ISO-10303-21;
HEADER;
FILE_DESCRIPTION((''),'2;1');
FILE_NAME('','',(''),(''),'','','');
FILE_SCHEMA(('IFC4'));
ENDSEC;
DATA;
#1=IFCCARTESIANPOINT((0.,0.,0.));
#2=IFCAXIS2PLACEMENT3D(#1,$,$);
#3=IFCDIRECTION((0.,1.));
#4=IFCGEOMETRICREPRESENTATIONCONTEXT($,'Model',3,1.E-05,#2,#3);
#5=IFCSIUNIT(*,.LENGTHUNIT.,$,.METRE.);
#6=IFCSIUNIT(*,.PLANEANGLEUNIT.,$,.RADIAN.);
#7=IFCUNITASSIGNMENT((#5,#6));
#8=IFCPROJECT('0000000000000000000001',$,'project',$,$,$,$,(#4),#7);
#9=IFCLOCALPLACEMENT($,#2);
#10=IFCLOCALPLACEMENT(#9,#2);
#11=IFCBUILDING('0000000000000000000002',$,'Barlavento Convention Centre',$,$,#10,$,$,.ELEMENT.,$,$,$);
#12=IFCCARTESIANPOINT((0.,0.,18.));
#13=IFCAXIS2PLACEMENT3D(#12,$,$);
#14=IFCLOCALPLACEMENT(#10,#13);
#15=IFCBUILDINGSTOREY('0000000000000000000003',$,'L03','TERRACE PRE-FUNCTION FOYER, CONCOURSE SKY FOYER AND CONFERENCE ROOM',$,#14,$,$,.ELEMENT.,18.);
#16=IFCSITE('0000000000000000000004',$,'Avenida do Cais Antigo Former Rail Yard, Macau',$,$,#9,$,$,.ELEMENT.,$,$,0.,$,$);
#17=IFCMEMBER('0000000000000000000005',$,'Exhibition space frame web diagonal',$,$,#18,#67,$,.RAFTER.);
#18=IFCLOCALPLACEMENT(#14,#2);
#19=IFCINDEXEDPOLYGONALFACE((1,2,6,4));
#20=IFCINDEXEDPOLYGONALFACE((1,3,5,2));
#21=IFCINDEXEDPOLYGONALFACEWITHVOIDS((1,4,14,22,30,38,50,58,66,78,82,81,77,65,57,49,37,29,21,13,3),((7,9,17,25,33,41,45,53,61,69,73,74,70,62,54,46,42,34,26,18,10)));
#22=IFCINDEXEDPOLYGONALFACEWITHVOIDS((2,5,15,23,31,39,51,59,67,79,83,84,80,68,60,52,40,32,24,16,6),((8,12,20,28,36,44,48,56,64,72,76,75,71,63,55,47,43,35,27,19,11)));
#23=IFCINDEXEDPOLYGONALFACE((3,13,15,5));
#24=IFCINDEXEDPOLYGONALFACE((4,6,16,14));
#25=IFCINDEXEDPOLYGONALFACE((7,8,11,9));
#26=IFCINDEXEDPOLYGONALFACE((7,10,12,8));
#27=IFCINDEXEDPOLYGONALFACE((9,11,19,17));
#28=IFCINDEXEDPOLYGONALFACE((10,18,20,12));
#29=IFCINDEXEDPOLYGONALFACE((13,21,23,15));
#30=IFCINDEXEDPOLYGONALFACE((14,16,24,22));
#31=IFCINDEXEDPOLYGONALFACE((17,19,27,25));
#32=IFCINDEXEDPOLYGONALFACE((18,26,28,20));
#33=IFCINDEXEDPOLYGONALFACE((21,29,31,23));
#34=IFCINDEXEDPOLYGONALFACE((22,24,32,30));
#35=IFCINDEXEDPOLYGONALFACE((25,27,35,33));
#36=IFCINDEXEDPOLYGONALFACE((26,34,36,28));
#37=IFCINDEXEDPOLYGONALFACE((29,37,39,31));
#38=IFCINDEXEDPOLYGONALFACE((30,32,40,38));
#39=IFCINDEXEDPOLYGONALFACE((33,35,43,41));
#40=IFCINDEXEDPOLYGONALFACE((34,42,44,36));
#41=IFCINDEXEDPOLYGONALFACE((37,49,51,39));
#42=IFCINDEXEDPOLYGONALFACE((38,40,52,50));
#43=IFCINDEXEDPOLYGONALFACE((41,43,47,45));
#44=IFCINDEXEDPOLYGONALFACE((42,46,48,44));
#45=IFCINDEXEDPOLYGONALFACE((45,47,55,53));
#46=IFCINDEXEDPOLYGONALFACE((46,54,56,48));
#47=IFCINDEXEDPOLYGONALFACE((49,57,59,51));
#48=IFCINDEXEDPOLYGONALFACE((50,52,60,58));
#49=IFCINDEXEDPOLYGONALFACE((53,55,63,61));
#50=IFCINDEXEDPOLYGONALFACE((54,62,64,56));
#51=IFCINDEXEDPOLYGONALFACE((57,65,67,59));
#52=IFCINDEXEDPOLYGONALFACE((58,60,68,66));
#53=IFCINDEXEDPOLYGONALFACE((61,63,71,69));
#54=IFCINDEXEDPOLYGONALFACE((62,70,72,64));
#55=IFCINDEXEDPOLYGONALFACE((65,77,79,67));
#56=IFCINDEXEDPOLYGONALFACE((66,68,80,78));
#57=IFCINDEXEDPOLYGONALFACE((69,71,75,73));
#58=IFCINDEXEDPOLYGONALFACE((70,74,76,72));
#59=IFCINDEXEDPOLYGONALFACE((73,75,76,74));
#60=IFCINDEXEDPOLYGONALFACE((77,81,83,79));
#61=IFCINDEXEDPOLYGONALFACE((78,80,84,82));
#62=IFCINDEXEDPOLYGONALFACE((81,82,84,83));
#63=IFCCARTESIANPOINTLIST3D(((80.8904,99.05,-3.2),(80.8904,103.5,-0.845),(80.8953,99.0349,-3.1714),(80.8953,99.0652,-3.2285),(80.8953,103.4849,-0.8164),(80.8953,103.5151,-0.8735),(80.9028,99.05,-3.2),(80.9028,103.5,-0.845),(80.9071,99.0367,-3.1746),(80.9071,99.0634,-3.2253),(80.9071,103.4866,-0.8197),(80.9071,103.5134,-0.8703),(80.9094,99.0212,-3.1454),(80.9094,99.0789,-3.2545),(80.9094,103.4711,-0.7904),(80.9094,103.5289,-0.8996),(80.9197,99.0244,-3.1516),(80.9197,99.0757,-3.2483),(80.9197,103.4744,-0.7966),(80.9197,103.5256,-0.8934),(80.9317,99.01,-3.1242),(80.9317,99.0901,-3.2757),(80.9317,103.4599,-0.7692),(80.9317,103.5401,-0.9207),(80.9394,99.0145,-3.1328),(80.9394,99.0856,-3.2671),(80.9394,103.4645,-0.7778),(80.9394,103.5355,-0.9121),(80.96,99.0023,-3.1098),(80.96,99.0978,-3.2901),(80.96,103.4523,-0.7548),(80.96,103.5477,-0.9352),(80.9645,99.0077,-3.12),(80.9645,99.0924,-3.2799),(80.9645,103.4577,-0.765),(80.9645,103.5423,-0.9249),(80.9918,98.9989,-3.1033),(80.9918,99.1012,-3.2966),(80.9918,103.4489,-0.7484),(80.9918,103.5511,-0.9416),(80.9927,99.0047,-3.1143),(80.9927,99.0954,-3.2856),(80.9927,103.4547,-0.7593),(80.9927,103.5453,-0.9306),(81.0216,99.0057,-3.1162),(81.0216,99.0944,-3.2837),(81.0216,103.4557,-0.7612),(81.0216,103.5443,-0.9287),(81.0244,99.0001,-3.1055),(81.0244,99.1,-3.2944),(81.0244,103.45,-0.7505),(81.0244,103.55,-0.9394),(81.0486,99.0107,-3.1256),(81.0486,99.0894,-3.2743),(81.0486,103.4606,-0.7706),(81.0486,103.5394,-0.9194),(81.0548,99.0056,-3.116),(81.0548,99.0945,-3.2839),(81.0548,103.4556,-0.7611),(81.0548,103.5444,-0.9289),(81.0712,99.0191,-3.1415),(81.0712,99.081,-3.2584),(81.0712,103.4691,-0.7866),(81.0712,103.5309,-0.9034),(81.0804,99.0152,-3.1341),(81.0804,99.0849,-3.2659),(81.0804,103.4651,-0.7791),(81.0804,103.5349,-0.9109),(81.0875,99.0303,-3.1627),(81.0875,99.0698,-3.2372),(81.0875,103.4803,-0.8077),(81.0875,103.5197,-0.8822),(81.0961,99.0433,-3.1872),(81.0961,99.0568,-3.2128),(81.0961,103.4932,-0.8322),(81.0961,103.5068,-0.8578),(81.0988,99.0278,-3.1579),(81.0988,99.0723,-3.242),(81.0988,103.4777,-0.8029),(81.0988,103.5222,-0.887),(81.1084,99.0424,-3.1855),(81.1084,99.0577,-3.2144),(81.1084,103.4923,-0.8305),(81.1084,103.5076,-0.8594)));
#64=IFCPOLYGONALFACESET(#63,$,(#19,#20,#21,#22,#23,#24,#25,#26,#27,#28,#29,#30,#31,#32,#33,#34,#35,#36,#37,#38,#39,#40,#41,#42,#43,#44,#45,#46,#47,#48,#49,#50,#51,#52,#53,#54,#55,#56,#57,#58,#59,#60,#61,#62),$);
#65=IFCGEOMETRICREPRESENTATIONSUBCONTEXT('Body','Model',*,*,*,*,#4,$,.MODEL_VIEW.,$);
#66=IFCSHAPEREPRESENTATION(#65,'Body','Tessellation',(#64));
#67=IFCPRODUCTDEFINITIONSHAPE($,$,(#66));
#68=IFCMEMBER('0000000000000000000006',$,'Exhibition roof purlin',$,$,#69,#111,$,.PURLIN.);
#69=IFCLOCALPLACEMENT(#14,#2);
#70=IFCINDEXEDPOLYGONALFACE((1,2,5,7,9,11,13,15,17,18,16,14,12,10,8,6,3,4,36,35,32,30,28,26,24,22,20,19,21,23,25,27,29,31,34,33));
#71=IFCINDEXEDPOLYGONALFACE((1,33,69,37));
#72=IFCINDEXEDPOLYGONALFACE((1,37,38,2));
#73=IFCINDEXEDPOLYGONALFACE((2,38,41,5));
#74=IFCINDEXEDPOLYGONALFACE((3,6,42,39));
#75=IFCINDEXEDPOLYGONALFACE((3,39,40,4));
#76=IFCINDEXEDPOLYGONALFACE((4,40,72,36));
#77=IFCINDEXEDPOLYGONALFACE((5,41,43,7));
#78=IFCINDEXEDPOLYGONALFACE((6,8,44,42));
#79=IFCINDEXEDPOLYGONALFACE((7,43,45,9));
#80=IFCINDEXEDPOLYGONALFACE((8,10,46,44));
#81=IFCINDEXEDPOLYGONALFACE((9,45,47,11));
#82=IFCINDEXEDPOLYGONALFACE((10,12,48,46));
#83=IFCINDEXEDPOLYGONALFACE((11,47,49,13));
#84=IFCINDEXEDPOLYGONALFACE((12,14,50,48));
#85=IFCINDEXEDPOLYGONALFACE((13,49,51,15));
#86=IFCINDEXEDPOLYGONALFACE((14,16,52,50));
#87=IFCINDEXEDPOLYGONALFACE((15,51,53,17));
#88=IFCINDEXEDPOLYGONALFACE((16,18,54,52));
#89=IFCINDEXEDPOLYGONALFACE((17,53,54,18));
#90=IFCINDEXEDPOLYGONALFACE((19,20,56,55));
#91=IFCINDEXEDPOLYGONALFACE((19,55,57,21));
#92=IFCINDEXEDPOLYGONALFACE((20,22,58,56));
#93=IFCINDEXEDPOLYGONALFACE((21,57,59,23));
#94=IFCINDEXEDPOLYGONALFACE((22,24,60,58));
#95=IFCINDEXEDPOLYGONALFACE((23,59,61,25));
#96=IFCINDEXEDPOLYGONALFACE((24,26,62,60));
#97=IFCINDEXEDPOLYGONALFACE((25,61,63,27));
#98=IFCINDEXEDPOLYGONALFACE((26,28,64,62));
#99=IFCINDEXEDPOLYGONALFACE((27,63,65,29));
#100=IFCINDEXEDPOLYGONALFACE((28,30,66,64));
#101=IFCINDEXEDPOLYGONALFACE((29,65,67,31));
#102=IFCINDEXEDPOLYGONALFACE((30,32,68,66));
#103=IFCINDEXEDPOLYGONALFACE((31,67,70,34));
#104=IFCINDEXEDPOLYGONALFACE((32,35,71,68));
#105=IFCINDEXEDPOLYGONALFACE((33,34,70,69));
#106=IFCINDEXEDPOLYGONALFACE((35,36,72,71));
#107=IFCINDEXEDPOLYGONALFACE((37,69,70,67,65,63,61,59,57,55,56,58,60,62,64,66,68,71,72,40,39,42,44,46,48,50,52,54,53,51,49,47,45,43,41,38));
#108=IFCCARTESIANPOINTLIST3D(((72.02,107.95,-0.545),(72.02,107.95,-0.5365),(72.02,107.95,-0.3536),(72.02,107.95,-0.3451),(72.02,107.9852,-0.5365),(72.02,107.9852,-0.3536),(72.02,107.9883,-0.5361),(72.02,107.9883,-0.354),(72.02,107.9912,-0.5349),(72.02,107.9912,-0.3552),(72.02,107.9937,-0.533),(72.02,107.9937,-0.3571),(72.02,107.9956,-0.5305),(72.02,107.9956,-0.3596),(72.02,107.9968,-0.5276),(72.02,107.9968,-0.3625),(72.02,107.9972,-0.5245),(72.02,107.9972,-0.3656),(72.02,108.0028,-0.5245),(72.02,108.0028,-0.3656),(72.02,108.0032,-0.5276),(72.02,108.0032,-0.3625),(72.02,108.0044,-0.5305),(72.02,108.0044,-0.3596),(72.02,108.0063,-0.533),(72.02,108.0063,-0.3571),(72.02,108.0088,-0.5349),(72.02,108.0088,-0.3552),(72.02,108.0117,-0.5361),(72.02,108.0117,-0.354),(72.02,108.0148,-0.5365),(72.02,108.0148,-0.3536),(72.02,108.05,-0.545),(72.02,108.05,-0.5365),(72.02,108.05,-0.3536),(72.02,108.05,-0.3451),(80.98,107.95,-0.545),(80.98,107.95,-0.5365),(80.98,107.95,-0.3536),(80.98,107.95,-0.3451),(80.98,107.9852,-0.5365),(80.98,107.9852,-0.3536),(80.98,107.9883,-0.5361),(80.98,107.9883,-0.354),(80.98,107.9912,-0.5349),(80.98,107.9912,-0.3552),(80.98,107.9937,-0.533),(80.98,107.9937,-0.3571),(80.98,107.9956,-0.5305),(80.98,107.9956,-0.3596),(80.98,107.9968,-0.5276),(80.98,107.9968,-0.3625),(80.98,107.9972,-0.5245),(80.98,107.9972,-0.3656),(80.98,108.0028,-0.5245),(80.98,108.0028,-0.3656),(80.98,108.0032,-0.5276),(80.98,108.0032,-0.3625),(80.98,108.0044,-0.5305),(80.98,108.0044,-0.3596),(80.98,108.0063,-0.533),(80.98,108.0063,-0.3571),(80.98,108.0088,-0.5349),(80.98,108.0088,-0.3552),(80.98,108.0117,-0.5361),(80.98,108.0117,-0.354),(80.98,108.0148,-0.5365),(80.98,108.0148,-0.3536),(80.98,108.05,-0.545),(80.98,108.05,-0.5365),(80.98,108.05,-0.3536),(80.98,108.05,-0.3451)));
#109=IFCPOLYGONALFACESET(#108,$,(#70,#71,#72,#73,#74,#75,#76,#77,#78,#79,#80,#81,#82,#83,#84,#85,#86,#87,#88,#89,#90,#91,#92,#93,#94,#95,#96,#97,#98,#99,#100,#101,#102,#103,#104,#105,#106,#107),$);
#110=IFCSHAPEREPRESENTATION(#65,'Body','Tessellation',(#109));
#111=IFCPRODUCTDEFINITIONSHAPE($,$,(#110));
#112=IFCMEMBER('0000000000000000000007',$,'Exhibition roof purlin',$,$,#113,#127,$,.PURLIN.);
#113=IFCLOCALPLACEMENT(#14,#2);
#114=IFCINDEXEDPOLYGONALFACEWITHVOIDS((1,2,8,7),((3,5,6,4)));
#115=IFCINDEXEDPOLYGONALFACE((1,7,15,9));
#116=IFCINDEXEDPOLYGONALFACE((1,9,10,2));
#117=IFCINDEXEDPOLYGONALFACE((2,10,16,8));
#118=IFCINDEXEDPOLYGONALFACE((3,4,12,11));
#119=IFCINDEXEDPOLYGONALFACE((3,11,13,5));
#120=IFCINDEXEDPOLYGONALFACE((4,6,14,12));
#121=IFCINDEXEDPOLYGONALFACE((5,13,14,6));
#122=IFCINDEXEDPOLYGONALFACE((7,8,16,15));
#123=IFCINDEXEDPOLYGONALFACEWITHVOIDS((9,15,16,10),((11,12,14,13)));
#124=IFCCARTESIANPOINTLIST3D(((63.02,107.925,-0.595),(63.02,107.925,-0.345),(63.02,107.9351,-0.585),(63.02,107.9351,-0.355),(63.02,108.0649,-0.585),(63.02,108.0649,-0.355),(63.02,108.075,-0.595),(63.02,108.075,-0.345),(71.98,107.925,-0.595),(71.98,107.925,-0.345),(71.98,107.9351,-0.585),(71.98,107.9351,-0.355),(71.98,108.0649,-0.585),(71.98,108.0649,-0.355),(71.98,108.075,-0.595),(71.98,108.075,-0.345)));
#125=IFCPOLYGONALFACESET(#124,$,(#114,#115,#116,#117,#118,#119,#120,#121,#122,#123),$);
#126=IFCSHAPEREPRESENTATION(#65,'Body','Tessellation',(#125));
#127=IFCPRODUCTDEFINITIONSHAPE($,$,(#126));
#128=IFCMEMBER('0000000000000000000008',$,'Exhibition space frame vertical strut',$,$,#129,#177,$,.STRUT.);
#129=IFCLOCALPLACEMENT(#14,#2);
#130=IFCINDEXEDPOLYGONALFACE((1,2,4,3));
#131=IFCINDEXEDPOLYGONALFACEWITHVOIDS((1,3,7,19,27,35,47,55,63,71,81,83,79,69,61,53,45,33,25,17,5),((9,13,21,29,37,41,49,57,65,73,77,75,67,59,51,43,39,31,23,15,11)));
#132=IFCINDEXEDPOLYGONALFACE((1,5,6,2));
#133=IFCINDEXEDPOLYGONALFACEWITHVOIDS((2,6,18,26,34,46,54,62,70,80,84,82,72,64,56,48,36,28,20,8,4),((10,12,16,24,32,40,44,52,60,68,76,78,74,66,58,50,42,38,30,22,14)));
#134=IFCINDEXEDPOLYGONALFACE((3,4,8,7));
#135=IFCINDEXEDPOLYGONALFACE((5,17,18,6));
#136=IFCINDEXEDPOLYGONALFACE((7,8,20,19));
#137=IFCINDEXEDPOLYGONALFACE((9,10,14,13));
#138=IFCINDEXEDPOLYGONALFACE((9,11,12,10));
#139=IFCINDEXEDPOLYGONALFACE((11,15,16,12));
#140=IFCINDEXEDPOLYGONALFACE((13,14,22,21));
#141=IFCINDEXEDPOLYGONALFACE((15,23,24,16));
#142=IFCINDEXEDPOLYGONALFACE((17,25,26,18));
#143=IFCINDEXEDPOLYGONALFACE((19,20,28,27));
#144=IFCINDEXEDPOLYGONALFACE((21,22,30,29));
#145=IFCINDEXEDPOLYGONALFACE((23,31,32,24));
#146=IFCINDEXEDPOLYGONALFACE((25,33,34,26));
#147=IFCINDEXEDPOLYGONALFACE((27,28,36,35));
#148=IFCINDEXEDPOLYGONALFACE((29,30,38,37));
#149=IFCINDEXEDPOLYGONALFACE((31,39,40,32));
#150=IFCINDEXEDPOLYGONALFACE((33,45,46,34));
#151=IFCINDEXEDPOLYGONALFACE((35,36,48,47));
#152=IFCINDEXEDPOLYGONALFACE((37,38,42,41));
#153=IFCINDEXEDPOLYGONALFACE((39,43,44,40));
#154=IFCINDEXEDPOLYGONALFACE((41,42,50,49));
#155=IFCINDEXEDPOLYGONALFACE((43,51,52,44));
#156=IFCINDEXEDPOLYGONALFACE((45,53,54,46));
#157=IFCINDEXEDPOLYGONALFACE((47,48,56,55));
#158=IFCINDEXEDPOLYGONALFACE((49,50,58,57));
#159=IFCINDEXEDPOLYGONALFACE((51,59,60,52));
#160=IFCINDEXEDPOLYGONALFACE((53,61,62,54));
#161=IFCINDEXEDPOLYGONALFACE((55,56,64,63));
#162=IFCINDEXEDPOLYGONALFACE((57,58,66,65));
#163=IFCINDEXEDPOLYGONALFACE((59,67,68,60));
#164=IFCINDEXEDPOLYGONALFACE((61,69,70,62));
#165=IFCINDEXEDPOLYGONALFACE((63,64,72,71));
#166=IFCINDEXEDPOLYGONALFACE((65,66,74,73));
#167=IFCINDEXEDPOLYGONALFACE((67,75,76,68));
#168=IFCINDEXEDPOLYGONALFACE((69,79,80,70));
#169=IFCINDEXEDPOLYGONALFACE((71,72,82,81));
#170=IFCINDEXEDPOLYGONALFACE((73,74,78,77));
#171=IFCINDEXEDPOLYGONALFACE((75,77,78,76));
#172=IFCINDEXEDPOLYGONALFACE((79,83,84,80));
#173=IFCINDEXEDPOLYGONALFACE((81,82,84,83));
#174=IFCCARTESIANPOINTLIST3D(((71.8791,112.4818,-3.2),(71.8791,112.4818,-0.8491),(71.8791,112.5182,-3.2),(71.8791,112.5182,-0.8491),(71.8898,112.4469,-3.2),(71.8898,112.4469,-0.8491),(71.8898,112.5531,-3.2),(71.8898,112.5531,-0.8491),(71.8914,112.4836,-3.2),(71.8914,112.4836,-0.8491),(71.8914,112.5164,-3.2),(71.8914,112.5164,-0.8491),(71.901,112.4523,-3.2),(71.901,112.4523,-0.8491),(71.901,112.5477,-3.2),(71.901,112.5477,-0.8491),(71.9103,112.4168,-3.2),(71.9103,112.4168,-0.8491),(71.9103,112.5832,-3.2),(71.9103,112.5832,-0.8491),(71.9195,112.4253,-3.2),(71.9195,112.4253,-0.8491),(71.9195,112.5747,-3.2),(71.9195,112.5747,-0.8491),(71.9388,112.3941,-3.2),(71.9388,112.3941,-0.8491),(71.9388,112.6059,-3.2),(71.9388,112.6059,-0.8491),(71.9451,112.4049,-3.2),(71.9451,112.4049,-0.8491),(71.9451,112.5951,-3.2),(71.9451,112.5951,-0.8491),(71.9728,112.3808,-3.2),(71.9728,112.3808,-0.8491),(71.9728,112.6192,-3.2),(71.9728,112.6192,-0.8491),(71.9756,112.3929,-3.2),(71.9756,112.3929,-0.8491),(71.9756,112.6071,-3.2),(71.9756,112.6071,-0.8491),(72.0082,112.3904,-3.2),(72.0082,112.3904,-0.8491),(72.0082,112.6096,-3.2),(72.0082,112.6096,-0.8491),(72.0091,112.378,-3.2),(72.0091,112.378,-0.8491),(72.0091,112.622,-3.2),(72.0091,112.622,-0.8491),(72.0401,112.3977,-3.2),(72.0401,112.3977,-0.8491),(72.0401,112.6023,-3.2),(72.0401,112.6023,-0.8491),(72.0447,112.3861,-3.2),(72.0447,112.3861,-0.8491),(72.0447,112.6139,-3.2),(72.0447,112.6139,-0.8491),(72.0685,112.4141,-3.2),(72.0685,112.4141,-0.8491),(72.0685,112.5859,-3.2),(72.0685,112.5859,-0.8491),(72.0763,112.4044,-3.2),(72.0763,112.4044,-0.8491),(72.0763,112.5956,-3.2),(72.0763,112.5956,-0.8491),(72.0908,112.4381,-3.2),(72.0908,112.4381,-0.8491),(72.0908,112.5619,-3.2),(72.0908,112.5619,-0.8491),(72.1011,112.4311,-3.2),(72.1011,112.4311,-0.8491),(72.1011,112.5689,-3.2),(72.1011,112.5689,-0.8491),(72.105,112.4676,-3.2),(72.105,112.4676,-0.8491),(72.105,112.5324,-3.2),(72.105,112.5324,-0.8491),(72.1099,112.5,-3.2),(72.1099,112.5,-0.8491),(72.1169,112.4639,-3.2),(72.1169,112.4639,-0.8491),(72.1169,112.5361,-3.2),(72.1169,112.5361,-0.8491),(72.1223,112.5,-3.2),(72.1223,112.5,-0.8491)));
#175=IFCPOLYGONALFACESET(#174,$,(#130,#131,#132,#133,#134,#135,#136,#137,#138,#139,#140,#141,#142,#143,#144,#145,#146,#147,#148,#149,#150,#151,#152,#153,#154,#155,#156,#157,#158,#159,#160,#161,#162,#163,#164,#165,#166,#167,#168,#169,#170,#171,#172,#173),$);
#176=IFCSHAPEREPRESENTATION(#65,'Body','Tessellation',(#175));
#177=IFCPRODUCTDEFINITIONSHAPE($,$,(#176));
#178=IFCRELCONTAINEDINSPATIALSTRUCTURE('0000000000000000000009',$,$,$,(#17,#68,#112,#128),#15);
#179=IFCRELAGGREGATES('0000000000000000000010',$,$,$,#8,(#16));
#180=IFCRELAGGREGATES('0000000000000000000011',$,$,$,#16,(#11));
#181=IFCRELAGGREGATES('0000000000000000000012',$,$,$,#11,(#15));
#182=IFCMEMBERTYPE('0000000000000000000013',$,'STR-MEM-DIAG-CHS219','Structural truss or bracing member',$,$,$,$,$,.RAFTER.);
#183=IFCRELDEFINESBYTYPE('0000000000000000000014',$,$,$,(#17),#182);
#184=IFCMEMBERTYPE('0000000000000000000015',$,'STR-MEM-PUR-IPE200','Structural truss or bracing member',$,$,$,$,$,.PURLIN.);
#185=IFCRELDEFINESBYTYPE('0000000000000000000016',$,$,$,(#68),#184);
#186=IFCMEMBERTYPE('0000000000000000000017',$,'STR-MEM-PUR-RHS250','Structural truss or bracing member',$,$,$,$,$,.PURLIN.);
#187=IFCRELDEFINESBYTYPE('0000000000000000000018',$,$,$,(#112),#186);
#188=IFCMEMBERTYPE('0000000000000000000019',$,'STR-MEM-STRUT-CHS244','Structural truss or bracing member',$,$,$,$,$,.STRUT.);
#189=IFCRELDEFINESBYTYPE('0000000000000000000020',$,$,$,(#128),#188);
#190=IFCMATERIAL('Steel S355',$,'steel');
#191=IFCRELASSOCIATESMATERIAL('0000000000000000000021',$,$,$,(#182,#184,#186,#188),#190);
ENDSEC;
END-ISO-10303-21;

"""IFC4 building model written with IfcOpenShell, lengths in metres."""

from ifc_helpers import new_model, si_unit, direction, frame, origin, origin_2d, place, context, subcontext, project, spatial, hollow_rectangle, hollow_circle, i_section, extrude, material, material_profile, profile_set, type_object, element, save


model = new_model("IFC4")

# Units and contexts
model_context = context("Model", 3, precision=1e-05, world=origin(), true_north=direction((0.0, 1.0)))
body_context = subcontext(model_context, "Body", "Model", "MODEL_VIEW")
ifc_project = project(units=[si_unit("LENGTHUNIT", "METRE"), si_unit("PLANEANGLEUNIT", "RADIAN")], contexts=[model_context])

# Site, building, storey
site_placement = place(None, origin())
site = spatial("IfcSite", under=ifc_project, at=site_placement, Name="Avenida do Cais Antigo Former Rail Yard, Macau", CompositionType="ELEMENT", RefElevation=0.0)
building_placement = place(site_placement, origin())
building = spatial("IfcBuilding", under=site, at=building_placement, Name="Barlavento Convention Centre", CompositionType="ELEMENT")
storey_placement = place(building_placement, frame((0.0, 0.0, 18.0)))
storey = spatial("IfcBuildingStorey", under=building, at=storey_placement, Name="L03", Description="TERRACE PRE-FUNCTION FOYER, CONCOURSE SKY FOYER AND CONFERENCE ROOM", CompositionType="ELEMENT", Elevation=18.0)

# Shared definitions
ifc_material_1 = material(Name="Steel S355", Category="steel")

# Members
ifc_material_profile_1 = material_profile(ifc_material_1, hollow_circle(Radius=0.1096, WallThickness=0.0125, at=origin_2d()), Name="CHS 219.1x12.5")
ifc_profile_set_1 = profile_set([ifc_material_profile_1], Name="Steel S355")
member_type_1 = type_object("IfcMemberType", Name="STR-MEM-DIAG-CHS219", Description="Structural truss or bracing member", PredefinedType="RAFTER", material=ifc_profile_set_1)
member_1_placement = place(storey_placement, frame((81.0, 99.05, -3.2), z_axis=(0.0, 0.88386, 0.467752), x_axis=(-1.0, 0.0, 0.0)))
element("IfcMember", 1, at=member_1_placement, inside=storey, type_object=member_type_1, Name="Exhibition space frame web diagonal", PredefinedType="RAFTER", context=body_context, shape_type="SweptSolid", body=[
    extrude(hollow_circle(Radius=0.1096, WallThickness=0.0125, at=origin_2d()), origin(), (0.0, 0.0, 1.0), 5.0347),
])
ifc_material_profile_2 = material_profile(ifc_material_1, i_section(OverallWidth=0.1001, OverallDepth=0.2, WebThickness=0.0056, FlangeThickness=0.0085, FilletRadius=0.012, at=origin_2d()), Name="IPE 200")
ifc_profile_set_2 = profile_set([ifc_material_profile_2], Name="Steel S355")
member_type_2 = type_object("IfcMemberType", Name="STR-MEM-PUR-IPE200", Description="Structural truss or bracing member", PredefinedType="PURLIN", material=ifc_profile_set_2)
member_2_placement = place(storey_placement, frame((72.02, 108.0, -0.4451), z_axis=(1.0, 0.0, 0.0), x_axis=(0.0, 1.0, 0.0)))
element("IfcMember", 2, at=member_2_placement, inside=storey, type_object=member_type_2, Name="Exhibition roof purlin", PredefinedType="PURLIN", context=body_context, shape_type="SweptSolid", body=[
    extrude(i_section(OverallWidth=0.1001, OverallDepth=0.2, WebThickness=0.0056, FlangeThickness=0.0085, FilletRadius=0.012, at=origin_2d()), origin(), (0.0, 0.0, 1.0), 8.96),
])
ifc_material_profile_3 = material_profile(ifc_material_1, hollow_rectangle(XDim=0.1499, YDim=0.25, WallThickness=0.01, at=origin_2d()), Name="RHS 250x150x10.0")
ifc_profile_set_3 = profile_set([ifc_material_profile_3], Name="Steel S355")
member_type_3 = type_object("IfcMemberType", Name="STR-MEM-PUR-RHS250", Description="Structural truss or bracing member", PredefinedType="PURLIN", material=ifc_profile_set_3)
member_3_placement = place(storey_placement, frame((63.02, 108.0, -0.47), z_axis=(1.0, 0.0, 0.0), x_axis=(0.0, 1.0, 0.0)))
element("IfcMember", 3, at=member_3_placement, inside=storey, type_object=member_type_3, Name="Exhibition roof purlin", PredefinedType="PURLIN", context=body_context, shape_type="SweptSolid", body=[
    extrude(hollow_rectangle(XDim=0.1499, YDim=0.25, WallThickness=0.01, at=origin_2d()), origin(), (0.0, 0.0, 1.0), 8.96),
])
ifc_material_profile_4 = material_profile(ifc_material_1, hollow_circle(Radius=0.1223, WallThickness=0.0125, at=origin_2d()), Name="CHS 244.5x12.5")
ifc_profile_set_4 = profile_set([ifc_material_profile_4], Name="Steel S355")
member_type_4 = type_object("IfcMemberType", Name="STR-MEM-STRUT-CHS244", Description="Structural truss or bracing member", PredefinedType="STRUT", material=ifc_profile_set_4)
member_4_placement = place(storey_placement, frame((72.0, 112.5, -3.2), z_axis=(0.0, 0.0, 1.0), x_axis=(1.0, 0.0, 0.0)))
element("IfcMember", 4, at=member_4_placement, inside=storey, type_object=member_type_4, Name="Exhibition space frame vertical strut", PredefinedType="STRUT", context=body_context, shape_type="SweptSolid", body=[
    extrude(hollow_circle(Radius=0.1223, WallThickness=0.0125, at=origin_2d()), origin(), (0.0, 0.0, 1.0), 2.3508),
])

save(model, "model.ifc")
